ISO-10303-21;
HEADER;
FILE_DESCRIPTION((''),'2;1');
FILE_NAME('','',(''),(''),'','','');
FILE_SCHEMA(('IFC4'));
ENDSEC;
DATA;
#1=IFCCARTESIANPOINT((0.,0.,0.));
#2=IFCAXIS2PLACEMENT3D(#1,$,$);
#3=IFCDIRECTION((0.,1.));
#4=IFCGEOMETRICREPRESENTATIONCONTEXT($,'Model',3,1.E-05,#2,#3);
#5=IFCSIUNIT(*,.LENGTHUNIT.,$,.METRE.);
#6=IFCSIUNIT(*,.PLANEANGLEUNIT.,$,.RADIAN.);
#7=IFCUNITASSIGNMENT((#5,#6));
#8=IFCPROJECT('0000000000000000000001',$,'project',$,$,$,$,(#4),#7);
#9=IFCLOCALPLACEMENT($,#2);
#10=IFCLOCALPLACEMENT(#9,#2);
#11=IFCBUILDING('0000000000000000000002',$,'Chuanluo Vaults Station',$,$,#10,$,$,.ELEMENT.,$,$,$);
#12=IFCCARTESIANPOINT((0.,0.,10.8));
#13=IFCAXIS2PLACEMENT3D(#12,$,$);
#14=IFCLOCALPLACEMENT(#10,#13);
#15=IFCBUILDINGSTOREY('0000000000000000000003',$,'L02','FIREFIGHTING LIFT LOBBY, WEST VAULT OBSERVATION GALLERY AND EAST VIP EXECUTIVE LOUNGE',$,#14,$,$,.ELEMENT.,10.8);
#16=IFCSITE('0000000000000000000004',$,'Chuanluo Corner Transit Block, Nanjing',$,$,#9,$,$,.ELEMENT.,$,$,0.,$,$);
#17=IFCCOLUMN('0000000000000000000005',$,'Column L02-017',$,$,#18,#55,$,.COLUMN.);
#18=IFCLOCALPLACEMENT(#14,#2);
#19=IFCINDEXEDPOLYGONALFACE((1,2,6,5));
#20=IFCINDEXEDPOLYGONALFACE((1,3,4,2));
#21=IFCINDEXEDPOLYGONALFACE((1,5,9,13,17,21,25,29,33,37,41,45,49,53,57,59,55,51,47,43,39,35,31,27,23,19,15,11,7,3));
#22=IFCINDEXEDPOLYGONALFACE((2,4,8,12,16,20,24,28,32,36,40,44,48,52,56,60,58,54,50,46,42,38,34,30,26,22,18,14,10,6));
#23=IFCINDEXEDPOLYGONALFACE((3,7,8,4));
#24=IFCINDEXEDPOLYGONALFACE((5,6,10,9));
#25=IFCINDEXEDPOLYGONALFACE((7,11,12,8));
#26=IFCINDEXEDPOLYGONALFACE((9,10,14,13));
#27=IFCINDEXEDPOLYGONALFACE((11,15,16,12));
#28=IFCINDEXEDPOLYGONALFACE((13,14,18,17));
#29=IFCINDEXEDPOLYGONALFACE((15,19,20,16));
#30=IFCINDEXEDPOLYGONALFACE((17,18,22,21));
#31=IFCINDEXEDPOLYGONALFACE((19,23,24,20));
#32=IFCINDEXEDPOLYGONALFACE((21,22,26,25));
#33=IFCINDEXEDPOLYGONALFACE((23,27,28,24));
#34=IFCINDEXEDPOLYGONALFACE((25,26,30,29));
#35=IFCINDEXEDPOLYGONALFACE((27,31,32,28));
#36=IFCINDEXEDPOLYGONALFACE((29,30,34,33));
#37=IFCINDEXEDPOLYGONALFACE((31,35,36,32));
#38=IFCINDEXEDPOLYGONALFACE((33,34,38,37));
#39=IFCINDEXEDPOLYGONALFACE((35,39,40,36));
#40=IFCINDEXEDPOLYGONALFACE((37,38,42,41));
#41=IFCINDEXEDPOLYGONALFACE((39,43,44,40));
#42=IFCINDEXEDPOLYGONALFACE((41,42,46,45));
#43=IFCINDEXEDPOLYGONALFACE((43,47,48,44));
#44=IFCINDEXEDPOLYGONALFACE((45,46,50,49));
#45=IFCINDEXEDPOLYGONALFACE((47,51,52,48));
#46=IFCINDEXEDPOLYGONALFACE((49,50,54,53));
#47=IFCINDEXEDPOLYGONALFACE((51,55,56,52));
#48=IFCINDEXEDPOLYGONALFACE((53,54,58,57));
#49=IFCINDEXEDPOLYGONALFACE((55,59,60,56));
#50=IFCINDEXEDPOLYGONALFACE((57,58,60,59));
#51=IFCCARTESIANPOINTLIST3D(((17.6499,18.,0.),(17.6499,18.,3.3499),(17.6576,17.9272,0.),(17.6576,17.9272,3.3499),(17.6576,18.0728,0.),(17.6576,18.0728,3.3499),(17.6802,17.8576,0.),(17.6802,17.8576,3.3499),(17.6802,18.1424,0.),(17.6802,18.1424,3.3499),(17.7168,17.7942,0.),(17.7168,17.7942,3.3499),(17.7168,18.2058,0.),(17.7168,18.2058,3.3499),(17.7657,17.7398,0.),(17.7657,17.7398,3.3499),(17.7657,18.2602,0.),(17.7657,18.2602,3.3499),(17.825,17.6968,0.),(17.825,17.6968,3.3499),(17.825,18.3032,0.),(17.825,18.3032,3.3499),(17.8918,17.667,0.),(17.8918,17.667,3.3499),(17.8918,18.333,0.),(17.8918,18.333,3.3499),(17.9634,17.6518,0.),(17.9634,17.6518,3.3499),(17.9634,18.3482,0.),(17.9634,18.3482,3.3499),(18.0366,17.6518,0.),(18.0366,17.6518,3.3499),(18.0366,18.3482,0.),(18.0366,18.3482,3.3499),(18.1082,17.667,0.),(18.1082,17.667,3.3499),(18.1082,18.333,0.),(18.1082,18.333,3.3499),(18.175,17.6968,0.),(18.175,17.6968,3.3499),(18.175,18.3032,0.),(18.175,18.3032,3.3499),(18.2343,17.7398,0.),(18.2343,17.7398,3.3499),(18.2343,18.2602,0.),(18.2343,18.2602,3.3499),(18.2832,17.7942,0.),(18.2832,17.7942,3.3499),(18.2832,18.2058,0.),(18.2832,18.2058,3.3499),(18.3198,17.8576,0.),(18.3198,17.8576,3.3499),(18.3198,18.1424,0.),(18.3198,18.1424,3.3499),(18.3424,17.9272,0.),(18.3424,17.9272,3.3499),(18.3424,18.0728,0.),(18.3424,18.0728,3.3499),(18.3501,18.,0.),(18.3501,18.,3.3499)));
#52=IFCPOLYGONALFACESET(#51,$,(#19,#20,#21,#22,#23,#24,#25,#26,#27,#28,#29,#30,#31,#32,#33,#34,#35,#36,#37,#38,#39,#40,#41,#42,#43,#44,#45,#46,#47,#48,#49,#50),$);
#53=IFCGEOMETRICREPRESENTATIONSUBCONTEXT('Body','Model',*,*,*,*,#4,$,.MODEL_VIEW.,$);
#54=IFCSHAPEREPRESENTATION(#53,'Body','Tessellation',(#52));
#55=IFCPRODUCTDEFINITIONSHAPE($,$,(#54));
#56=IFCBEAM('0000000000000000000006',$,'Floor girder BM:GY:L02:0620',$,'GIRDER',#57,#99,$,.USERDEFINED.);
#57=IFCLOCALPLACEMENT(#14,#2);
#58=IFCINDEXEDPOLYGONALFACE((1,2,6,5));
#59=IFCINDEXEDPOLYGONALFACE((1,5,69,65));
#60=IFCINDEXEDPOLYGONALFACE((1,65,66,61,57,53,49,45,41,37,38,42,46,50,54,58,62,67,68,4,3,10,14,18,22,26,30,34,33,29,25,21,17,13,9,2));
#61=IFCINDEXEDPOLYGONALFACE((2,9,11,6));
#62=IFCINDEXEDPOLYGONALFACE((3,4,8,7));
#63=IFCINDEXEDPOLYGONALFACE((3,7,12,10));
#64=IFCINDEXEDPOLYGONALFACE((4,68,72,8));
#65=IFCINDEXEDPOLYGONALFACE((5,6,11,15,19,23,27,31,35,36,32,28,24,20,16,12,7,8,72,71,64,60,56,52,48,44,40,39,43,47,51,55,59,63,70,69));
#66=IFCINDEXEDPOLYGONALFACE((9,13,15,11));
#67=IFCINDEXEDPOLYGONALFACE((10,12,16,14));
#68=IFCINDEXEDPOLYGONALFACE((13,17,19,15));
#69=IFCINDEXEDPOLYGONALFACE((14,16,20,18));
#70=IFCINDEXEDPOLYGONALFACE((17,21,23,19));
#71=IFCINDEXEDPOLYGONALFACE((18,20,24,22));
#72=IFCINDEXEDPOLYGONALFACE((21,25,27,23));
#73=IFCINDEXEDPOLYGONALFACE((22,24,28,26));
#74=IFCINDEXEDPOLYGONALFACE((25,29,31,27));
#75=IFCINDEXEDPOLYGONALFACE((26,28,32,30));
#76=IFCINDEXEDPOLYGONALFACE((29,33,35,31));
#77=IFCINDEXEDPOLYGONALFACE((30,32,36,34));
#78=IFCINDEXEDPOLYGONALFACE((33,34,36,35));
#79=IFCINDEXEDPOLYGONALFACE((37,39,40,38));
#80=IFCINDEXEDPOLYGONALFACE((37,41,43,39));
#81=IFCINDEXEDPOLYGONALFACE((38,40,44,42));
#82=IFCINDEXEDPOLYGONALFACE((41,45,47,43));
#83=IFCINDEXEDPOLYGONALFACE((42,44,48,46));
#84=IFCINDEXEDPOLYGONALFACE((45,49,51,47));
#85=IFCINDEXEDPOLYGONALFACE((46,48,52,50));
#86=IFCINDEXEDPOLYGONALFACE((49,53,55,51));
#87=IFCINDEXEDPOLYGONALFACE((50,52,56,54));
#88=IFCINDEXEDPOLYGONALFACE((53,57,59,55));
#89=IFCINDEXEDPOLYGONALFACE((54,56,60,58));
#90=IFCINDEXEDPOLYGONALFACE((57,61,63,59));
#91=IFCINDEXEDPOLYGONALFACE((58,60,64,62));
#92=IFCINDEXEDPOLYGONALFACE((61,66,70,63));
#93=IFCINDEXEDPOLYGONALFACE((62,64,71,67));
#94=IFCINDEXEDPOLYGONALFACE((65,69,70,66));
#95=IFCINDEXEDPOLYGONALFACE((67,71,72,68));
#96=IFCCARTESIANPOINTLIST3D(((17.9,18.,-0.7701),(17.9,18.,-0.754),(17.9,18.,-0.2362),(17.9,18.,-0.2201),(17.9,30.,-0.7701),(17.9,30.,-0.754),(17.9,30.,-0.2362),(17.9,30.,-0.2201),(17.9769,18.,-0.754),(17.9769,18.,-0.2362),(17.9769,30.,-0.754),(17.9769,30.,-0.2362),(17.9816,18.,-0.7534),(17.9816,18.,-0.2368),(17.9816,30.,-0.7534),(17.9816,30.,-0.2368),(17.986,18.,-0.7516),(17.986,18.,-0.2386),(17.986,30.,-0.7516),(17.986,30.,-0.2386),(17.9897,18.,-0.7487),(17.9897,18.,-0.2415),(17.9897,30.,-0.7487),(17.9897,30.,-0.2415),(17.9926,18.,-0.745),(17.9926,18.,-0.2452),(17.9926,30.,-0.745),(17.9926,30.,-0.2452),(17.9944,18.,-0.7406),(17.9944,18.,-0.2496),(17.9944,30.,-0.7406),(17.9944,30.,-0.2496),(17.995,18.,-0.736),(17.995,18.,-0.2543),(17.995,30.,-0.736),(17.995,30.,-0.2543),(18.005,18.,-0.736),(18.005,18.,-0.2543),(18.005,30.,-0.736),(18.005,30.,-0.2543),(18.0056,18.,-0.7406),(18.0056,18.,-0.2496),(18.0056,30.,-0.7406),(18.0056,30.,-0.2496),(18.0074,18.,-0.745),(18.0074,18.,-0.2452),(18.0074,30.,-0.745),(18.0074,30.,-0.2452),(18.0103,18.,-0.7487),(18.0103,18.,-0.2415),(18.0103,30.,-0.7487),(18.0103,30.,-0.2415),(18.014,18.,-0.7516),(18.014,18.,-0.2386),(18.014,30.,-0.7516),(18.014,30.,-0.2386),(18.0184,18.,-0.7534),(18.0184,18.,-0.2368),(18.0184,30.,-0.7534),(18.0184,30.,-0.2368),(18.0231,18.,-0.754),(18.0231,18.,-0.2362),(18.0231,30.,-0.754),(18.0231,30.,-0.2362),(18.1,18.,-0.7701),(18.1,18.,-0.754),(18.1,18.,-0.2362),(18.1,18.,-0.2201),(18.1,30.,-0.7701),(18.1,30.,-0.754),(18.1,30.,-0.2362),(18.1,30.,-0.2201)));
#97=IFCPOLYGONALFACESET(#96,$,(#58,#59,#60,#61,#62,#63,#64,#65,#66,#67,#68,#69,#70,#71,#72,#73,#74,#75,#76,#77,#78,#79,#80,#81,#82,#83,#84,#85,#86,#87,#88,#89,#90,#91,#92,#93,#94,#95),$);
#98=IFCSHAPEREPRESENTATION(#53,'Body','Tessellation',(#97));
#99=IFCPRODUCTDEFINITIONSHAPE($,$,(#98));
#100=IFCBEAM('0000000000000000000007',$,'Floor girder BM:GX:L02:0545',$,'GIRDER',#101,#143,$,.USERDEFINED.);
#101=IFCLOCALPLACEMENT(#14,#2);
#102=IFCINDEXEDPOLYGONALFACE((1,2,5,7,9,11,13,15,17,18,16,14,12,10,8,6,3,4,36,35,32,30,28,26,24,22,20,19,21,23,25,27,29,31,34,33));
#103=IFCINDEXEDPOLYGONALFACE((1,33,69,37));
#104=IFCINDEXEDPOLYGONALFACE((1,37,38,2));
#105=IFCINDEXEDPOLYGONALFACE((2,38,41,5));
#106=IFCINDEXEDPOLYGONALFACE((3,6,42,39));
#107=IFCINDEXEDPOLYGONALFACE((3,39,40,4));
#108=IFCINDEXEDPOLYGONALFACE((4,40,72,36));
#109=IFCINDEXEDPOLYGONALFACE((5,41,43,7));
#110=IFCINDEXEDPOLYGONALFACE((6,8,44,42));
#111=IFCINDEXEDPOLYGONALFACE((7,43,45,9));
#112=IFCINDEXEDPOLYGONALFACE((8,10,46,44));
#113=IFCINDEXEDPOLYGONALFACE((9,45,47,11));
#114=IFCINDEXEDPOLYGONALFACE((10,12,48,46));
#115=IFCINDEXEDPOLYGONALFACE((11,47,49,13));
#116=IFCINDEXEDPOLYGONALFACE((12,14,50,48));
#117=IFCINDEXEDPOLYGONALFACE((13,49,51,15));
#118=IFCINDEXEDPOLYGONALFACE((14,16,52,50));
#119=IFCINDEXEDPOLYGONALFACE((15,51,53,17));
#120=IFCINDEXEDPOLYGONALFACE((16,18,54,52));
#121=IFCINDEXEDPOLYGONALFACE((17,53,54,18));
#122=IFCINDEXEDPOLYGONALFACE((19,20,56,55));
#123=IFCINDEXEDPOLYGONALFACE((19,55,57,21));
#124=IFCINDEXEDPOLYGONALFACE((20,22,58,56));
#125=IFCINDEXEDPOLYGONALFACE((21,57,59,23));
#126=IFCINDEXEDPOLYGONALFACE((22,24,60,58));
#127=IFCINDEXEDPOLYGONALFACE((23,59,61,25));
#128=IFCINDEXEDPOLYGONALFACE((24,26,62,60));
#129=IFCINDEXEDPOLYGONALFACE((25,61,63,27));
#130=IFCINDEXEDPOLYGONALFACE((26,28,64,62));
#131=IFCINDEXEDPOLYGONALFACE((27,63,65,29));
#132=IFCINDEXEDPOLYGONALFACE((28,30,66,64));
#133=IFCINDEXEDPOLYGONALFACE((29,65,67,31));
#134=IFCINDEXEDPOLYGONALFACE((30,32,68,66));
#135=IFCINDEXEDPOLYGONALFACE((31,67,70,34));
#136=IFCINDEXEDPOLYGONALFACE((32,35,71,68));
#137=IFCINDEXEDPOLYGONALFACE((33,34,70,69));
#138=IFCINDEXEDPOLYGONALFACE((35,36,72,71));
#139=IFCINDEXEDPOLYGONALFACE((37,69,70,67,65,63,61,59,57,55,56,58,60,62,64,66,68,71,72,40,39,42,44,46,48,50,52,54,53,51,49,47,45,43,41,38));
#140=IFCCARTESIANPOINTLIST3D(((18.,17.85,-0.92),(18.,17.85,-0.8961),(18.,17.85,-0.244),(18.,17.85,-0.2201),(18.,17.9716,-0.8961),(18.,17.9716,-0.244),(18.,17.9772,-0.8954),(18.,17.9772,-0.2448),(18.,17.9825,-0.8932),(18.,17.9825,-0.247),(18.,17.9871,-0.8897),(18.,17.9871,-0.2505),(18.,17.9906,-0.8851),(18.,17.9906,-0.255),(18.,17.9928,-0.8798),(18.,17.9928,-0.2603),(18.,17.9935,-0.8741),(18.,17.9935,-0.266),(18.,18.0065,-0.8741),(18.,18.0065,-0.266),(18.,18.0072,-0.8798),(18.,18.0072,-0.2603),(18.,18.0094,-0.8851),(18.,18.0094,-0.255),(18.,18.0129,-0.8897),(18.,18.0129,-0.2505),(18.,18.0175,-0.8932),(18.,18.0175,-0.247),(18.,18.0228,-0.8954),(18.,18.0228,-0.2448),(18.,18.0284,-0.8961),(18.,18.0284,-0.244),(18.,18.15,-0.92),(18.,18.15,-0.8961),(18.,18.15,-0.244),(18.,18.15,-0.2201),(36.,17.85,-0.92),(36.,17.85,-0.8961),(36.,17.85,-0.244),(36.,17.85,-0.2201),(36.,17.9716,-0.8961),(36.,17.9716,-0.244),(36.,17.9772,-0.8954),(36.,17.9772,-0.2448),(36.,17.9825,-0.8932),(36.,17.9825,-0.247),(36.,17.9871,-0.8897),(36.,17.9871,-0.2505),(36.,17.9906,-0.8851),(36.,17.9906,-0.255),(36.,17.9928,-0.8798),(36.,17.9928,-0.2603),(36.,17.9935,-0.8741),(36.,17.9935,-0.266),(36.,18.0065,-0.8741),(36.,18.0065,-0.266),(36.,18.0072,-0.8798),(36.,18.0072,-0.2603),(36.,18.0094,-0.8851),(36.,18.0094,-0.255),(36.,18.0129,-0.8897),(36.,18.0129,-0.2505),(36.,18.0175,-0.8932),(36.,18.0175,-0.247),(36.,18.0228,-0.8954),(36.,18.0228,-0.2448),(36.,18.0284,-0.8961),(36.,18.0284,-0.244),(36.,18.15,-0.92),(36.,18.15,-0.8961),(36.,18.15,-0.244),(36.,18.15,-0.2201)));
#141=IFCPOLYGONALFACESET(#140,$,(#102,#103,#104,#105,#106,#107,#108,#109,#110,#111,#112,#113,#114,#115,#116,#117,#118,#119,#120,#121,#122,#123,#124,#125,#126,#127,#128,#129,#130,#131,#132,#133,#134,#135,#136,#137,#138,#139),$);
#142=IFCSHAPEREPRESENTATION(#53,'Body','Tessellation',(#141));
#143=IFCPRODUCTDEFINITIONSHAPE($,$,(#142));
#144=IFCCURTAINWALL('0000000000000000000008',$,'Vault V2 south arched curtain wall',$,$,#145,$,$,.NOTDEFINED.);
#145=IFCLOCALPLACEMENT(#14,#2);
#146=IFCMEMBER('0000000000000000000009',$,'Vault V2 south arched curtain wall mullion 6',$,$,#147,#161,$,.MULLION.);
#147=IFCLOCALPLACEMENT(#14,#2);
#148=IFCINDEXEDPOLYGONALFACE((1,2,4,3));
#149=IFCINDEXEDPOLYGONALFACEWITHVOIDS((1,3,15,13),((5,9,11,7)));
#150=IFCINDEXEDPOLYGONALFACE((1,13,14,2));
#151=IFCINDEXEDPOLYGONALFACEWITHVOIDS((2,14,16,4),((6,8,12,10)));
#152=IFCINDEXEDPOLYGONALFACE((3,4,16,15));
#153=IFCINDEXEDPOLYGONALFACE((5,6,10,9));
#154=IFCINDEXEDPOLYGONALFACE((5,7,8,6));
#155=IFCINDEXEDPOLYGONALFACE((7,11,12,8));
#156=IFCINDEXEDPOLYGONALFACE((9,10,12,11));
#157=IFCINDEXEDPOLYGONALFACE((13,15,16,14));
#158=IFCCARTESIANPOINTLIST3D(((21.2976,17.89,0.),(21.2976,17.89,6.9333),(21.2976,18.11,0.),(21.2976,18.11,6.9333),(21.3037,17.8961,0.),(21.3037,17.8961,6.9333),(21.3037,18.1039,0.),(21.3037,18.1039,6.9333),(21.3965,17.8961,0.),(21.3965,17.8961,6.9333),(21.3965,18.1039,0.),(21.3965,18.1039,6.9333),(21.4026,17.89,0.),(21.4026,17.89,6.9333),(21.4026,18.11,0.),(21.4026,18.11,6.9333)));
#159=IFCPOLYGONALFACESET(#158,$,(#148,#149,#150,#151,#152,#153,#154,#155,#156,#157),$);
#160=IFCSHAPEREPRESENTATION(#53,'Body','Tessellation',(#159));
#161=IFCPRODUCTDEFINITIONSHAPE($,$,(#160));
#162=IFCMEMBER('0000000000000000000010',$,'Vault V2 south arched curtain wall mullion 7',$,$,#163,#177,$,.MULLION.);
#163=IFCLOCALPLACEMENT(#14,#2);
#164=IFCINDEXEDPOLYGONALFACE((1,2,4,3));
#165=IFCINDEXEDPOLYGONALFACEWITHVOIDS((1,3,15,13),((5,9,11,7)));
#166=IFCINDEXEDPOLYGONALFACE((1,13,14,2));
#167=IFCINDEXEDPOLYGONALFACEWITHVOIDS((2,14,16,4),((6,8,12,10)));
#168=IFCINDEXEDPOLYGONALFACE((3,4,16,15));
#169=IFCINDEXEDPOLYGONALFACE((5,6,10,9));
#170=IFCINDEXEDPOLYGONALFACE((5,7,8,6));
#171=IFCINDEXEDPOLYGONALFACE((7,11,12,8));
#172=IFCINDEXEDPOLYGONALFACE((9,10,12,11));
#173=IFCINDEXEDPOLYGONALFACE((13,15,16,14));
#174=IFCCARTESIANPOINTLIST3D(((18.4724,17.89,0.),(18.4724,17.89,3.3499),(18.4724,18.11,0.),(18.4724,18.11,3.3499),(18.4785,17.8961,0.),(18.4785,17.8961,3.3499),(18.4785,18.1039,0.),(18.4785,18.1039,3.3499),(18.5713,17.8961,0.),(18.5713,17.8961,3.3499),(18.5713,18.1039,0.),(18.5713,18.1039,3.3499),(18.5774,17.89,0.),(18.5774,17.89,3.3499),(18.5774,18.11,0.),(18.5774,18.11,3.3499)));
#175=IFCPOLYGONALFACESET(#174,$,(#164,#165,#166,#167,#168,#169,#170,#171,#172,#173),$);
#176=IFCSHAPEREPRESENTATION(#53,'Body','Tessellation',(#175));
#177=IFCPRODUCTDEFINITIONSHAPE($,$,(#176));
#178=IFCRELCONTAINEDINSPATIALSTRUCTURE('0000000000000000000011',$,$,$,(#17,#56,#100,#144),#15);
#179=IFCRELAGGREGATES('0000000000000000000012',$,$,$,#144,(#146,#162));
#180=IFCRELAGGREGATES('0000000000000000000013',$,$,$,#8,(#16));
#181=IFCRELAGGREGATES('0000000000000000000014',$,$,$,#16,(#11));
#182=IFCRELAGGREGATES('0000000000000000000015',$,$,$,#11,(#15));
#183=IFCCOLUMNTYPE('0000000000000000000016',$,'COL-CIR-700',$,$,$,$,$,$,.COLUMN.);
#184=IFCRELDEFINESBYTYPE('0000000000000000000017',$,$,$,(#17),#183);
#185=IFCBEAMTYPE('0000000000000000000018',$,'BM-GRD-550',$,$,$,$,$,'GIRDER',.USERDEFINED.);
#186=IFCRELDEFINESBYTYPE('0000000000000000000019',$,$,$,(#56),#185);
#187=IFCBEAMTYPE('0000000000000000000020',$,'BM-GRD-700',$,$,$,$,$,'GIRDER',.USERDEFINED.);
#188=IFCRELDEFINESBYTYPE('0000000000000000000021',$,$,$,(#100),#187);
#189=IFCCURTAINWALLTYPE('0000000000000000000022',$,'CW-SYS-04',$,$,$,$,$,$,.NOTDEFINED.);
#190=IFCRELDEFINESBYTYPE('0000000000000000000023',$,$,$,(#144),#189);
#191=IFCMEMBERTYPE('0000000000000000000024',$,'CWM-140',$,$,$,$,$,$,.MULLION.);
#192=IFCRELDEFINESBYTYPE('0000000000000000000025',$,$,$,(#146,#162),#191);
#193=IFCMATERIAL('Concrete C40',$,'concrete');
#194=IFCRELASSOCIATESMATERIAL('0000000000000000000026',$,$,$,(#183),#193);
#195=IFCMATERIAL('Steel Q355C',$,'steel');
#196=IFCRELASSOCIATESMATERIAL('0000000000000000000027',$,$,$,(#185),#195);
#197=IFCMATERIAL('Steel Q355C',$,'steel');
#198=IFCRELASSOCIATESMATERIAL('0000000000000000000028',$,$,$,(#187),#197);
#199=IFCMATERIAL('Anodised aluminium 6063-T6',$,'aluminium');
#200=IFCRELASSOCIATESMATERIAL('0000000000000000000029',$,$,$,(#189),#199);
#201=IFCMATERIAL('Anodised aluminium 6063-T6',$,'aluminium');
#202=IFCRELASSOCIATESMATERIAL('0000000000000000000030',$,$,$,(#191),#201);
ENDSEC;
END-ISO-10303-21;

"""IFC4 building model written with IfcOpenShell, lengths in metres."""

from ifc_helpers import new_model, si_unit, direction, frame, origin, origin_2d, place, context, subcontext, project, spatial, hollow_rectangle, circle, i_section, extrude, material, material_profile, profile_set, type_object, element, aggregate, save


model = new_model("IFC4")

# Units and contexts
model_context = context("Model", 3, precision=1e-05, world=origin(), true_north=direction((0.0, 1.0)))
body_context = subcontext(model_context, "Body", "Model", "MODEL_VIEW")
ifc_project = project(units=[si_unit("LENGTHUNIT", "METRE"), si_unit("PLANEANGLEUNIT", "RADIAN")], contexts=[model_context])

# Site, building, storey
site_placement = place(None, origin())
site = spatial("IfcSite", under=ifc_project, at=site_placement, Name="Chuanluo Corner Transit Block, Nanjing", CompositionType="ELEMENT", RefElevation=0.0)
building_placement = place(site_placement, origin())
building = spatial("IfcBuilding", under=site, at=building_placement, Name="Chuanluo Vaults Station", CompositionType="ELEMENT")
storey_placement = place(building_placement, frame((0.0, 0.0, 10.8)))
storey = spatial("IfcBuildingStorey", under=building, at=storey_placement, Name="L02", Description="FIREFIGHTING LIFT LOBBY, WEST VAULT OBSERVATION GALLERY AND EAST VIP EXECUTIVE LOUNGE", CompositionType="ELEMENT", Elevation=10.8)

# Column
ifc_material_1 = material(Name="Concrete C40", Category="concrete")
ifc_material_profile_1 = material_profile(ifc_material_1, circle(Radius=0.3501, at=origin_2d()))
ifc_profile_set_1 = profile_set([ifc_material_profile_1], Name="Concrete C40")
column_type = type_object("IfcColumnType", Name="COL-CIR-700", PredefinedType="COLUMN", material=ifc_profile_set_1)
column_placement = place(storey_placement, frame((18.0, 18.0, 0.0), z_axis=(0.0, 0.0, 1.0), x_axis=(1.0, 0.0, 0.0)))
element("IfcColumn", 1, at=column_placement, inside=storey, type_object=column_type, Name="Column L02-017", PredefinedType="COLUMN", context=body_context, shape_type="SweptSolid", body=[
    extrude(circle(Radius=0.3501, at=origin_2d()), origin(), (0.0, 0.0, 1.0), 3.3499),
])

# Beams
ifc_material_2 = material(Name="Steel Q355C", Category="steel")
ifc_material_profile_2 = material_profile(ifc_material_2, i_section(OverallWidth=0.2, OverallDepth=0.55, WebThickness=0.01, FlangeThickness=0.0161, FilletRadius=0.0181, at=origin_2d()))
ifc_profile_set_2 = profile_set([ifc_material_profile_2], Name="Steel Q355C")
beam_type_1 = type_object("IfcBeamType", Name="BM-GRD-550", ElementType="GIRDER", PredefinedType="USERDEFINED", material=ifc_profile_set_2)
beam_1_placement = place(storey_placement, frame((18.0, 18.0, -0.4951), z_axis=(0.0, 1.0, 0.0), x_axis=(-1.0, 0.0, 0.0)))
element("IfcBeam", 2, at=beam_1_placement, inside=storey, type_object=beam_type_1, Name="Floor girder BM:GY:L02:0620", ObjectType="GIRDER", PredefinedType="USERDEFINED", context=body_context, shape_type="SweptSolid", body=[
    extrude(i_section(OverallWidth=0.2, OverallDepth=0.55, WebThickness=0.01, FlangeThickness=0.0161, FilletRadius=0.0181, at=origin_2d()), origin(), (0.0, 0.0, 1.0), 12.0),
])
ifc_material_3 = material(Name="Steel Q355C", Category="steel")
ifc_material_profile_3 = material_profile(ifc_material_3, i_section(OverallWidth=0.3, OverallDepth=0.7, WebThickness=0.0129, FlangeThickness=0.0239, FilletRadius=0.022, at=origin_2d()))
ifc_profile_set_3 = profile_set([ifc_material_profile_3], Name="Steel Q355C")
beam_type_2 = type_object("IfcBeamType", Name="BM-GRD-700", ElementType="GIRDER", PredefinedType="USERDEFINED", material=ifc_profile_set_3)
beam_2_placement = place(storey_placement, frame((18.0, 18.0, -0.5701), z_axis=(1.0, 0.0, 0.0), x_axis=(0.0, 1.0, 0.0)))
element("IfcBeam", 3, at=beam_2_placement, inside=storey, type_object=beam_type_2, Name="Floor girder BM:GX:L02:0545", ObjectType="GIRDER", PredefinedType="USERDEFINED", context=body_context, shape_type="SweptSolid", body=[
    extrude(i_section(OverallWidth=0.3, OverallDepth=0.7, WebThickness=0.0129, FlangeThickness=0.0239, FilletRadius=0.022, at=origin_2d()), origin(), (0.0, 0.0, 1.0), 18.0),
])

# Curtain wall, members
ifc_material_4 = material(Name="Anodised aluminium 6063-T6", Category="aluminium")
curtain_wall_type_1 = type_object("IfcCurtainWallType", Name="CW-SYS-04", PredefinedType="NOTDEFINED", material=ifc_material_4)
curtain_wall_1_placement = place(storey_placement, origin())
curtain_wall_1 = element("IfcCurtainWall", 4, at=curtain_wall_1_placement, inside=storey, type_object=curtain_wall_type_1, Name="Vault V2 south arched curtain wall", PredefinedType="NOTDEFINED")
ifc_material_5 = material(Name="Anodised aluminium 6063-T6", Category="aluminium")
ifc_material_profile_4 = material_profile(ifc_material_5, hollow_rectangle(XDim=0.105, YDim=0.22, WallThickness=0.0061, at=origin_2d()))
ifc_profile_set_4 = profile_set([ifc_material_profile_4], Name="Anodised aluminium 6063-T6")
member_type_1 = type_object("IfcMemberType", Name="CWM-140", PredefinedType="MULLION", material=ifc_profile_set_4)
member_1_placement = place(storey_placement, frame((21.3501, 18.0, 0.0), z_axis=(0.0, 0.0, 1.0), x_axis=(-1.0, 0.0, 0.0)))
member_1 = element("IfcMember", 5, at=member_1_placement, type_object=member_type_1, Name="Vault V2 south arched curtain wall mullion 6", PredefinedType="MULLION", context=body_context, shape_type="SweptSolid", body=[
    extrude(hollow_rectangle(XDim=0.105, YDim=0.22, WallThickness=0.0061, at=origin_2d()), origin(), (0.0, 0.0, 1.0), 6.9333),
])
member_2_placement = place(storey_placement, frame((18.5249, 18.0, 0.0), z_axis=(0.0, 0.0, 1.0), x_axis=(-1.0, 0.0, 0.0)))
member_2 = element("IfcMember", 6, at=member_2_placement, type_object=member_type_1, Name="Vault V2 south arched curtain wall mullion 7", PredefinedType="MULLION", context=body_context, shape_type="SweptSolid", body=[
    extrude(hollow_rectangle(XDim=0.105, YDim=0.22, WallThickness=0.0061, at=origin_2d()), origin(), (0.0, 0.0, 1.0), 3.3499),
])

aggregate(curtain_wall_1, [member_1, member_2])

save(model, "model.ifc")
